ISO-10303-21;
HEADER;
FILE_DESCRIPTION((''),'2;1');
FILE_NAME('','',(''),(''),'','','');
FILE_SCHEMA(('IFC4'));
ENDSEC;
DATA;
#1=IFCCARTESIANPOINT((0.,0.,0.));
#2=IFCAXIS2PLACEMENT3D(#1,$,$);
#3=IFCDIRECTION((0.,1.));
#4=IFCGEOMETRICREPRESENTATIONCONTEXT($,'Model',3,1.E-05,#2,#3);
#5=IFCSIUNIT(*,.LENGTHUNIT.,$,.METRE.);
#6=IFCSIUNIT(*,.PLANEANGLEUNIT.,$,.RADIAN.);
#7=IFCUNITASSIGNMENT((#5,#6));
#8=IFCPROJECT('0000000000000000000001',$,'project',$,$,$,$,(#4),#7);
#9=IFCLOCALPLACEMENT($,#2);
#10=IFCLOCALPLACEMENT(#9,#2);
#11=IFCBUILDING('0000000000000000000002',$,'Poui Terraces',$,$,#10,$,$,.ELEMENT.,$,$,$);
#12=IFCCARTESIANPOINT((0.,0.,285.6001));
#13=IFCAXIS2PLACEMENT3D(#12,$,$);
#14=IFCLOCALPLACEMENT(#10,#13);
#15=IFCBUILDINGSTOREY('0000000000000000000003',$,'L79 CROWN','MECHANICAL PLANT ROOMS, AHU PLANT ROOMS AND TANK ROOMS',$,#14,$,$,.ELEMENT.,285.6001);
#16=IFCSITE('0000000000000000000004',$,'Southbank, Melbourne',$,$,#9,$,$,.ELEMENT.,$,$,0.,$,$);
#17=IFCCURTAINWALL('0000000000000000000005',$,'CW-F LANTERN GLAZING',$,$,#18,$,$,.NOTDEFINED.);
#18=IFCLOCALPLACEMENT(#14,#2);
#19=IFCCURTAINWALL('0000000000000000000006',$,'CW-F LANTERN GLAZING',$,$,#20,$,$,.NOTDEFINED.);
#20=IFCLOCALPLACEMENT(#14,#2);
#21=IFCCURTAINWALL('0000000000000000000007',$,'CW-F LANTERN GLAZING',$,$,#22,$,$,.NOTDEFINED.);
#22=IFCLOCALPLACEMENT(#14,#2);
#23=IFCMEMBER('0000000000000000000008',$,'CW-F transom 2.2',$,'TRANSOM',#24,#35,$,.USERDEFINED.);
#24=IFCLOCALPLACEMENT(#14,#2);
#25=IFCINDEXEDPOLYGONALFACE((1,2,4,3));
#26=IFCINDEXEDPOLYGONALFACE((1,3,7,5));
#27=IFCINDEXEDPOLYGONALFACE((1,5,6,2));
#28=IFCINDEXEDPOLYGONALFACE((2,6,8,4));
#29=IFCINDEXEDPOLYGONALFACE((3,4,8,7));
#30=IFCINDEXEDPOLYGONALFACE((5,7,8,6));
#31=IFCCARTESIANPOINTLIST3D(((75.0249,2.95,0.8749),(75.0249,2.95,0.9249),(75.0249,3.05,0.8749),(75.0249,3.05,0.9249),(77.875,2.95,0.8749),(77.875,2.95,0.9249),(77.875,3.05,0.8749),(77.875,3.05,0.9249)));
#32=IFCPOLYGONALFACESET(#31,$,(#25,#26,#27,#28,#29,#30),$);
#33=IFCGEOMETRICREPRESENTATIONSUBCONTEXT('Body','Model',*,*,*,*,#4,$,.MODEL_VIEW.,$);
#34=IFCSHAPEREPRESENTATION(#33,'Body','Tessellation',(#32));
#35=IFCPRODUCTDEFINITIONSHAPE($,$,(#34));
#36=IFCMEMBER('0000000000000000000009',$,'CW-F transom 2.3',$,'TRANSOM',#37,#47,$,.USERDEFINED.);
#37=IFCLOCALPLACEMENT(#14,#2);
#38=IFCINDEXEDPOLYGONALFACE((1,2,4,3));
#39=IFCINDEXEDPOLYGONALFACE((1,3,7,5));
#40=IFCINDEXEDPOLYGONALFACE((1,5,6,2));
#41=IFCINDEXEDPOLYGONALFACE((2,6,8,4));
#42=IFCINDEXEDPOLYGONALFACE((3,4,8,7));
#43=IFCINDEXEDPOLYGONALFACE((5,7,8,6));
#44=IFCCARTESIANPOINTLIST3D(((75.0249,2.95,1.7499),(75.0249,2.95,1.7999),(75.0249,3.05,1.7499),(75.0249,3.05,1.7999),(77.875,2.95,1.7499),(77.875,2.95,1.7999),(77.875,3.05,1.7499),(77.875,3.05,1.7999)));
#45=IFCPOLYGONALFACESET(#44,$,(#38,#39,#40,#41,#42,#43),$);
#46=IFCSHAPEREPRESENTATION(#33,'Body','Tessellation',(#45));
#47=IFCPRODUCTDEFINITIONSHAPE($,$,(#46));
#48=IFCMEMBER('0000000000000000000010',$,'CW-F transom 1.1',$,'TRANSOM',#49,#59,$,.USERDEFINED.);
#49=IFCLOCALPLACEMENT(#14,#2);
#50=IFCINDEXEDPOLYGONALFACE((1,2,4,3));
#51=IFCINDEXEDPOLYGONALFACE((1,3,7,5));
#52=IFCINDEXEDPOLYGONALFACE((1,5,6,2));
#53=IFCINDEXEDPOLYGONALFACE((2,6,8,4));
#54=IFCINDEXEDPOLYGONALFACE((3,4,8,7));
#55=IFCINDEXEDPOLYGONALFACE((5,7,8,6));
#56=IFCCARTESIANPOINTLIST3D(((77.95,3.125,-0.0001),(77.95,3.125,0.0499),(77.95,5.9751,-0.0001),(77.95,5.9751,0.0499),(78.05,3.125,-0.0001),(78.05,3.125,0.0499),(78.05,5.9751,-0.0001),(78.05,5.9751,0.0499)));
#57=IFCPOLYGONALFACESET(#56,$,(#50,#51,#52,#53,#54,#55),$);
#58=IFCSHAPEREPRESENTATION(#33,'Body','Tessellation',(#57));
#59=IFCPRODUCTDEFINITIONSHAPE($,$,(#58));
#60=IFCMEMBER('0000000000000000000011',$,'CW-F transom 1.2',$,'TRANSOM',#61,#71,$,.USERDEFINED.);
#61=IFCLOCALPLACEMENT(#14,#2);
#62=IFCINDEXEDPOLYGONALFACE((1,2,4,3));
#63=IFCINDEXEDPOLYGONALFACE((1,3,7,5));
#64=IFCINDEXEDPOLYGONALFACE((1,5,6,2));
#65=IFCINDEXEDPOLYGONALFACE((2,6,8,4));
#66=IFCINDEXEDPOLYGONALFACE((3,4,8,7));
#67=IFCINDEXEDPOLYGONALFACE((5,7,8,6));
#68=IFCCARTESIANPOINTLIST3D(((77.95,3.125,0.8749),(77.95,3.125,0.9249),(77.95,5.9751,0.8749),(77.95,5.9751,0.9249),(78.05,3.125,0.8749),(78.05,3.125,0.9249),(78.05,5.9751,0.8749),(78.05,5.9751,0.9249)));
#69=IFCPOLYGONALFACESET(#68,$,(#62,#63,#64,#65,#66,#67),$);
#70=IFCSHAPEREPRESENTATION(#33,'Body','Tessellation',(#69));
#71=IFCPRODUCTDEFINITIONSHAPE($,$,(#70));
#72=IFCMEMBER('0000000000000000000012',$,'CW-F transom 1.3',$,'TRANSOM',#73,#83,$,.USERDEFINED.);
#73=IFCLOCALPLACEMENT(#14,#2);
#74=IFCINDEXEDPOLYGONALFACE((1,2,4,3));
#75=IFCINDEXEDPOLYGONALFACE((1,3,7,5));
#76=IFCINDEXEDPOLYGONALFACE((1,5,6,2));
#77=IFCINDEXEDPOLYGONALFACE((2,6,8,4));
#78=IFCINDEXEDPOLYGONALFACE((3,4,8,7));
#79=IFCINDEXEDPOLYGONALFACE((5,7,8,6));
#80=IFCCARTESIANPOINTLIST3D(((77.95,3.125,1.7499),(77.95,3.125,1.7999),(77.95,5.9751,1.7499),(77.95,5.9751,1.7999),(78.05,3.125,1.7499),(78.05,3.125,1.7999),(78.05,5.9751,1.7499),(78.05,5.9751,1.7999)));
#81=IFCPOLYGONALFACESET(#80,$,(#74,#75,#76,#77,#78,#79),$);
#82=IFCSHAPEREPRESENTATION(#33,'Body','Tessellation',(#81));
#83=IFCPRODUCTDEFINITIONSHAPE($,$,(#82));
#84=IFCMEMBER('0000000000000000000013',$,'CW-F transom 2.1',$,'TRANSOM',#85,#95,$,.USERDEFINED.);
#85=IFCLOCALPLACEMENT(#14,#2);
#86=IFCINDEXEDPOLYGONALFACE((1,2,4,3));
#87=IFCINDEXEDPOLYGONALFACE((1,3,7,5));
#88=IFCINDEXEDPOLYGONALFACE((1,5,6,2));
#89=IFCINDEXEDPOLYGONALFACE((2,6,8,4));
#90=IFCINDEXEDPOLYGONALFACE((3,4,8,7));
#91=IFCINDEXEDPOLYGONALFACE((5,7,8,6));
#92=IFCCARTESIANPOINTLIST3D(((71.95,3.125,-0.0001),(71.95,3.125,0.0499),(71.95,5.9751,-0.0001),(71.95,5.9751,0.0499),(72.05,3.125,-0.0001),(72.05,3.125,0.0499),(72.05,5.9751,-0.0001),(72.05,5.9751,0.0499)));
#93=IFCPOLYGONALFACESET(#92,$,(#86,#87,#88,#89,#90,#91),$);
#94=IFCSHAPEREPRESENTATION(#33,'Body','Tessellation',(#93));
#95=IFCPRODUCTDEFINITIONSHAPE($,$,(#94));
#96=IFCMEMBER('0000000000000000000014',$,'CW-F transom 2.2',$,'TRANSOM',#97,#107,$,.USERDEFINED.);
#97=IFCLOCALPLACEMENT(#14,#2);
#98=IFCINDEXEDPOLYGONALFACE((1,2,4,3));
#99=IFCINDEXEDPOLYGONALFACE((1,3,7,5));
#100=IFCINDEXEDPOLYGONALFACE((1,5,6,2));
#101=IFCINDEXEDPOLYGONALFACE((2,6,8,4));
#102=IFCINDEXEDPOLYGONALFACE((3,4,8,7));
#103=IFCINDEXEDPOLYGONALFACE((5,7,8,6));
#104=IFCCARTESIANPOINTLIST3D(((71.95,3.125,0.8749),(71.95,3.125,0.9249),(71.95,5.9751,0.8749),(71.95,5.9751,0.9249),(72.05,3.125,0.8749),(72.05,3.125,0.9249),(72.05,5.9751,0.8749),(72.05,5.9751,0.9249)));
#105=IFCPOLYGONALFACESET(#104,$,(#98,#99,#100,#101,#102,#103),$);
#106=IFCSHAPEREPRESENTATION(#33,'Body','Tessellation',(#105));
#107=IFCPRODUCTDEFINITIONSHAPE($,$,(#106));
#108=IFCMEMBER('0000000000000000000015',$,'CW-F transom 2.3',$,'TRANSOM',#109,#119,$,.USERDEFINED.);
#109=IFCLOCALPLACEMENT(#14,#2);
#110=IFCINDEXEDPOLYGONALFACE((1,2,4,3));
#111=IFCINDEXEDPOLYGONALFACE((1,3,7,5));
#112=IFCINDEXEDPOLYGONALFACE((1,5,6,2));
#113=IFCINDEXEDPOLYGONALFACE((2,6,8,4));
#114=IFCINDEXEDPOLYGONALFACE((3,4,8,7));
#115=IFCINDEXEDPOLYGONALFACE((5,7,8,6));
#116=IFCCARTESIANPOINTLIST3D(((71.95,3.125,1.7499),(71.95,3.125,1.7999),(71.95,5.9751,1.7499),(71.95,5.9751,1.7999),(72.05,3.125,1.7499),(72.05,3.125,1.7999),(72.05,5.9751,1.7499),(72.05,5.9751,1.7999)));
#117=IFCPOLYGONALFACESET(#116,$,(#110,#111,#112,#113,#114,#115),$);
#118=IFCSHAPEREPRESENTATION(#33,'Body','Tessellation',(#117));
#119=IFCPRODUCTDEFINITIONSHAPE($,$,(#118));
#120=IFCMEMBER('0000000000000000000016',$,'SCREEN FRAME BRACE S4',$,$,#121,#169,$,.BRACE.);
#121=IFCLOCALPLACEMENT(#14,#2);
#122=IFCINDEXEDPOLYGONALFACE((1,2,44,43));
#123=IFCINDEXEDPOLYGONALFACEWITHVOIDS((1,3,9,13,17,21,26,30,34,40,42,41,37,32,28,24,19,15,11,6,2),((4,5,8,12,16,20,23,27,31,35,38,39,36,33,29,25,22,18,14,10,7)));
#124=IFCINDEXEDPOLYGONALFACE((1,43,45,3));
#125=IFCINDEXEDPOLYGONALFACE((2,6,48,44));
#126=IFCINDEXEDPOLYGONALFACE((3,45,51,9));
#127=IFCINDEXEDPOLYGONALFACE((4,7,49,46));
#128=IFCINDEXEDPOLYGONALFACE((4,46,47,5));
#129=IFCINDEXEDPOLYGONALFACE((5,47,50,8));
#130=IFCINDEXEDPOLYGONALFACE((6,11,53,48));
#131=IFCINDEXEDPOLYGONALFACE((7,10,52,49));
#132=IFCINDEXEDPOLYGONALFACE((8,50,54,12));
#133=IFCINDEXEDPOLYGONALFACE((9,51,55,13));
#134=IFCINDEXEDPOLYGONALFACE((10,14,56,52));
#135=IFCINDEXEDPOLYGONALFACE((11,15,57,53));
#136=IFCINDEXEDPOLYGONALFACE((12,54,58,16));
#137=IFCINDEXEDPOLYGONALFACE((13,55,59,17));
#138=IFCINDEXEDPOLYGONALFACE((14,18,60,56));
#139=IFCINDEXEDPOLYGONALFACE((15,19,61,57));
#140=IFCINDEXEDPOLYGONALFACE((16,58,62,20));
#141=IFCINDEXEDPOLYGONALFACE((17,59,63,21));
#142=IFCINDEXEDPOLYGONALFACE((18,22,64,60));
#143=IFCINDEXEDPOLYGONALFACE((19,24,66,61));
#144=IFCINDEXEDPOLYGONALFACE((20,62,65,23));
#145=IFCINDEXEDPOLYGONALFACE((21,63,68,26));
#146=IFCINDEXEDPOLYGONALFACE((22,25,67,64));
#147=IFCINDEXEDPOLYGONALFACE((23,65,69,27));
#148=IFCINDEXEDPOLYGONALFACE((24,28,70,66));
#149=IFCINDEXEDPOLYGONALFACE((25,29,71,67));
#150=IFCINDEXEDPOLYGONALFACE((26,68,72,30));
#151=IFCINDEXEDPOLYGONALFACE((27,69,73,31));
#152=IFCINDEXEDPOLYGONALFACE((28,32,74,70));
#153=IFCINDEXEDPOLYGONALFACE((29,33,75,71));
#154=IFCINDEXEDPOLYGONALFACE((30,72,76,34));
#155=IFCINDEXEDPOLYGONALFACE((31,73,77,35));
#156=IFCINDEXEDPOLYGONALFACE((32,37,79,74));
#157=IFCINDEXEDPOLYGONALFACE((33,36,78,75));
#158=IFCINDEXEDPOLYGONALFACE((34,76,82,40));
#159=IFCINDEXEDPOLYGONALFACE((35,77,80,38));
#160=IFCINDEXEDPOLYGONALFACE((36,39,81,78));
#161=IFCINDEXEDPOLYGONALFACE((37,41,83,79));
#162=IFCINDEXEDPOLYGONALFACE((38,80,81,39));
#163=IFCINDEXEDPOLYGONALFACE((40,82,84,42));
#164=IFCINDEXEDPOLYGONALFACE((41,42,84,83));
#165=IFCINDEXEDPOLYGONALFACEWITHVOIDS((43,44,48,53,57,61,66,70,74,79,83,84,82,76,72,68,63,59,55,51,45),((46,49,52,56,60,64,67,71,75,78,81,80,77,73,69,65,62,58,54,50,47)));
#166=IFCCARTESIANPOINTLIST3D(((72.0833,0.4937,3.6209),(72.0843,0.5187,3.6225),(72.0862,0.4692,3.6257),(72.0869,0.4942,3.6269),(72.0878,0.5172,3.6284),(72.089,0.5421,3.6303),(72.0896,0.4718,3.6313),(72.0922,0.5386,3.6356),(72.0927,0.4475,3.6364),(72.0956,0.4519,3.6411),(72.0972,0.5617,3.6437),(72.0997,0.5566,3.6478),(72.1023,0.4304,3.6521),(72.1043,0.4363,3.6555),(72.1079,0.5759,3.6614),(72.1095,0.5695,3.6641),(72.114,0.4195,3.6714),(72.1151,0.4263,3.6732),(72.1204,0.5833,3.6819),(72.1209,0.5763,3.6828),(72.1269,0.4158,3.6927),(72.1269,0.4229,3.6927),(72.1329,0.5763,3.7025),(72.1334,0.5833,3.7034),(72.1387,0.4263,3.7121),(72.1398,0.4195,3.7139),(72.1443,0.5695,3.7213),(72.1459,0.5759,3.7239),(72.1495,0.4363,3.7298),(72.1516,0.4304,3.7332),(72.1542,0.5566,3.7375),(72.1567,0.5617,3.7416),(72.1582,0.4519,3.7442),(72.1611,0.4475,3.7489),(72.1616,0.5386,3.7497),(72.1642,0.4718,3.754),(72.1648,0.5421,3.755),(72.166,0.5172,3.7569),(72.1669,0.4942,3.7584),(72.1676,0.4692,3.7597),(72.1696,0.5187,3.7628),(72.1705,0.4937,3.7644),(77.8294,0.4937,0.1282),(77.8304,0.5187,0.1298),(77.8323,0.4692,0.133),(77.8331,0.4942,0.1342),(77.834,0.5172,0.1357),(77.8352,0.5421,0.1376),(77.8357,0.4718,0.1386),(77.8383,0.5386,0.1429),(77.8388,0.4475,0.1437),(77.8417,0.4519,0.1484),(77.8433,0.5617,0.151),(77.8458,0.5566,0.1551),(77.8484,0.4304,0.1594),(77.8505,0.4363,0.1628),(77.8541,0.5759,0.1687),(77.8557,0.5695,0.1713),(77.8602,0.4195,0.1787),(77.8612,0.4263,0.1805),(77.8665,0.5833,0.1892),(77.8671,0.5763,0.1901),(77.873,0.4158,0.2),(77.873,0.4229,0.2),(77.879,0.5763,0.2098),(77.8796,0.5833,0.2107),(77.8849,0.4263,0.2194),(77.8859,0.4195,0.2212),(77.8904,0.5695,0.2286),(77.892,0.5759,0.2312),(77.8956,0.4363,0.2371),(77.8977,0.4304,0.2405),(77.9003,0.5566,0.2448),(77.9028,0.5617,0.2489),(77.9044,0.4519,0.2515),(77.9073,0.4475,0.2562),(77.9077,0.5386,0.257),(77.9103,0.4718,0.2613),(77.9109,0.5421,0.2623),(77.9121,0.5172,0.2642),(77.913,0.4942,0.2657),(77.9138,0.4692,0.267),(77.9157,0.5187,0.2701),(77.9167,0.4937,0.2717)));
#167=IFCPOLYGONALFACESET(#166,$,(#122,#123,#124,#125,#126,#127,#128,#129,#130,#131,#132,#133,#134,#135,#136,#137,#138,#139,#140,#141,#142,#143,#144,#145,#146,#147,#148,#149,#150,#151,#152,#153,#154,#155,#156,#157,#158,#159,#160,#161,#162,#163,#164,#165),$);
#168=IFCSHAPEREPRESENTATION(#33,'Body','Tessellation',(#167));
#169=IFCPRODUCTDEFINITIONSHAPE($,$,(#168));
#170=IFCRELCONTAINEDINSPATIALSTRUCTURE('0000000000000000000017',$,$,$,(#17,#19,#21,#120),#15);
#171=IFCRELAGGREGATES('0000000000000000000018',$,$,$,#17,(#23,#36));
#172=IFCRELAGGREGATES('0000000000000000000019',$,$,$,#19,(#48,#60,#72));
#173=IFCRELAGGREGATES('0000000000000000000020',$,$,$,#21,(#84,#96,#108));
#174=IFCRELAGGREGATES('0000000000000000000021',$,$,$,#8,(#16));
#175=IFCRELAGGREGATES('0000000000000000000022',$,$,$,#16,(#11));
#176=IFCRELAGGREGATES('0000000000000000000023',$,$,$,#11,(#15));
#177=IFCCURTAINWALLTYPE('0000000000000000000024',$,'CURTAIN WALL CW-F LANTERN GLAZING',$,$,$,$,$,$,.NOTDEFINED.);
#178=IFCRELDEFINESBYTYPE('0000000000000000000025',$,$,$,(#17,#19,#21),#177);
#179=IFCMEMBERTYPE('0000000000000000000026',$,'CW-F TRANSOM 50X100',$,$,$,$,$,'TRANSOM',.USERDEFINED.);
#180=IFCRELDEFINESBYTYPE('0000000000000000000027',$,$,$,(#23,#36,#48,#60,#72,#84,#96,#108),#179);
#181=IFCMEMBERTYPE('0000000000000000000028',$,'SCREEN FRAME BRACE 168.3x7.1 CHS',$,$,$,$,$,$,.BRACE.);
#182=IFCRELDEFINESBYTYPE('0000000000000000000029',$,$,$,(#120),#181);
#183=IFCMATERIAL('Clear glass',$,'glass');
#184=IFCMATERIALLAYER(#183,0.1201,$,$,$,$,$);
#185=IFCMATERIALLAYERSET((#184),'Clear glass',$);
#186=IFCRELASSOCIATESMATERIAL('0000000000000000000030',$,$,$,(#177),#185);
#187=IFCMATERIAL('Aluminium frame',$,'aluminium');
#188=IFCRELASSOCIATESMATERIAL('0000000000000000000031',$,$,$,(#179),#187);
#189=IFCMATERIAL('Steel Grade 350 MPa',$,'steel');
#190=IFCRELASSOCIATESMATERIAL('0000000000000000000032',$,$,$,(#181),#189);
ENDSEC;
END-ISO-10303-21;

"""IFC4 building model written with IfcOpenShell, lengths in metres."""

from ifc_helpers import new_model, si_unit, direction, frame, origin, origin_2d, place, context, subcontext, project, spatial, rectangle, hollow_circle, extrude, material, layer, layer_set, material_profile, profile_set, type_object, element, aggregate, save


model = new_model("IFC4")

# Units and contexts
model_context = context("Model", 3, precision=1e-05, world=origin(), true_north=direction((0.0, 1.0)))
body_context = subcontext(model_context, "Body", "Model", "MODEL_VIEW")
ifc_project = project(units=[si_unit("LENGTHUNIT", "METRE"), si_unit("PLANEANGLEUNIT", "RADIAN")], contexts=[model_context])

# Site, building, storey
site_placement = place(None, origin())
site = spatial("IfcSite", under=ifc_project, at=site_placement, Name="Southbank, Melbourne", CompositionType="ELEMENT", RefElevation=0.0)
building_placement = place(site_placement, origin())
building = spatial("IfcBuilding", under=site, at=building_placement, Name="Poui Terraces", CompositionType="ELEMENT")
storey_placement = place(building_placement, frame((0.0, 0.0, 285.6001)))
storey = spatial("IfcBuildingStorey", under=building, at=storey_placement, Name="L79 CROWN", Description="MECHANICAL PLANT ROOMS, AHU PLANT ROOMS AND TANK ROOMS", CompositionType="ELEMENT", Elevation=285.6001)

# Shared definitions
ifc_material_1 = material(Name="Steel Grade 350 MPa", Category="steel")

# Curtain wall
ifc_material_2 = material(Name="Clear glass", Category="glass")
ifc_layer_1 = layer(ifc_material_2, 0.1201)
ifc_layer_set_1 = layer_set([ifc_layer_1], Name="Clear glass")
curtain_wall_type = type_object("IfcCurtainWallType", Name="CURTAIN WALL CW-F LANTERN GLAZING", PredefinedType="NOTDEFINED", material=ifc_layer_set_1)
curtain_wall_1_placement = place(storey_placement, origin())
curtain_wall_1 = element("IfcCurtainWall", 1, at=curtain_wall_1_placement, inside=storey, type_object=curtain_wall_type, Name="CW-F LANTERN GLAZING", PredefinedType="NOTDEFINED")
ifc_material_3 = material(Name="Aluminium frame", Category="aluminium")

# Curtain walls
curtain_wall_2_placement = place(storey_placement, origin())
curtain_wall_2 = element("IfcCurtainWall", 2, at=curtain_wall_2_placement, inside=storey, type_object=curtain_wall_type, Name="CW-F LANTERN GLAZING", PredefinedType="NOTDEFINED")
curtain_wall_3_placement = place(storey_placement, origin())
curtain_wall_3 = element("IfcCurtainWall", 3, at=curtain_wall_3_placement, inside=storey, type_object=curtain_wall_type, Name="CW-F LANTERN GLAZING", PredefinedType="NOTDEFINED")

# Members
ifc_material_profile_1 = material_profile(ifc_material_3, rectangle(XDim=0.1001, YDim=0.05, at=origin_2d()), Name="CW-F TRANSOM 50X100")
ifc_profile_set_1 = profile_set([ifc_material_profile_1], Name="Aluminium frame")
member_type_1 = type_object("IfcMemberType", Name="CW-F TRANSOM 50X100", ElementType="TRANSOM", PredefinedType="USERDEFINED", material=ifc_profile_set_1)
member_1_placement = place(storey_placement, frame((75.0249, 3.0, 0.8999), z_axis=(1.0, 0.0, 0.0), x_axis=(0.0, 1.0, 0.0)))
member_1 = element("IfcMember", 4, at=member_1_placement, type_object=member_type_1, Name="CW-F transom 2.2", ObjectType="TRANSOM", PredefinedType="USERDEFINED", context=body_context, shape_type="SweptSolid", body=[
    extrude(rectangle(XDim=0.1001, YDim=0.05, at=origin_2d()), origin(), (0.0, 0.0, 1.0), 2.8501),
])
member_2_placement = place(storey_placement, frame((75.0249, 3.0, 1.7749), z_axis=(1.0, 0.0, 0.0), x_axis=(0.0, 1.0, 0.0)))
member_2 = element("IfcMember", 5, at=member_2_placement, type_object=member_type_1, Name="CW-F transom 2.3", ObjectType="TRANSOM", PredefinedType="USERDEFINED", context=body_context, shape_type="SweptSolid", body=[
    extrude(rectangle(XDim=0.1001, YDim=0.05, at=origin_2d()), origin(), (0.0, 0.0, 1.0), 2.8501),
])
member_3_placement = place(storey_placement, frame((78.0, 3.125, 0.0249), z_axis=(0.0, 1.0, 0.0), x_axis=(-1.0, 0.0, 0.0)))
member_3 = element("IfcMember", 6, at=member_3_placement, type_object=member_type_1, Name="CW-F transom 1.1", ObjectType="TRANSOM", PredefinedType="USERDEFINED", context=body_context, shape_type="SweptSolid", body=[
    extrude(rectangle(XDim=0.1001, YDim=0.05, at=origin_2d()), origin(), (0.0, 0.0, 1.0), 2.8501),
])
member_4_placement = place(storey_placement, frame((78.0, 3.125, 0.8999), z_axis=(0.0, 1.0, 0.0), x_axis=(-1.0, 0.0, 0.0)))
member_4 = element("IfcMember", 7, at=member_4_placement, type_object=member_type_1, Name="CW-F transom 1.2", ObjectType="TRANSOM", PredefinedType="USERDEFINED", context=body_context, shape_type="SweptSolid", body=[
    extrude(rectangle(XDim=0.1001, YDim=0.05, at=origin_2d()), origin(), (0.0, 0.0, 1.0), 2.8501),
])
member_5_placement = place(storey_placement, frame((78.0, 3.125, 1.7749), z_axis=(0.0, 1.0, 0.0), x_axis=(-1.0, 0.0, 0.0)))
member_5 = element("IfcMember", 8, at=member_5_placement, type_object=member_type_1, Name="CW-F transom 1.3", ObjectType="TRANSOM", PredefinedType="USERDEFINED", context=body_context, shape_type="SweptSolid", body=[
    extrude(rectangle(XDim=0.1001, YDim=0.05, at=origin_2d()), origin(), (0.0, 0.0, 1.0), 2.8501),
])
member_6_placement = place(storey_placement, frame((72.0, 5.9751, 0.0249), z_axis=(0.0, -1.0, 0.0), x_axis=(1.0, 0.0, 0.0)))
member_6 = element("IfcMember", 9, at=member_6_placement, type_object=member_type_1, Name="CW-F transom 2.1", ObjectType="TRANSOM", PredefinedType="USERDEFINED", context=body_context, shape_type="SweptSolid", body=[
    extrude(rectangle(XDim=0.1001, YDim=0.05, at=origin_2d()), origin(), (0.0, 0.0, 1.0), 2.8501),
])
member_7_placement = place(storey_placement, frame((72.0, 5.9751, 0.8999), z_axis=(0.0, -1.0, 0.0), x_axis=(1.0, 0.0, 0.0)))
member_7 = element("IfcMember", 10, at=member_7_placement, type_object=member_type_1, Name="CW-F transom 2.2", ObjectType="TRANSOM", PredefinedType="USERDEFINED", context=body_context, shape_type="SweptSolid", body=[
    extrude(rectangle(XDim=0.1001, YDim=0.05, at=origin_2d()), origin(), (0.0, 0.0, 1.0), 2.8501),
])
member_8_placement = place(storey_placement, frame((72.0, 5.9751, 1.7749), z_axis=(0.0, -1.0, 0.0), x_axis=(1.0, 0.0, 0.0)))
member_8 = element("IfcMember", 11, at=member_8_placement, type_object=member_type_1, Name="CW-F transom 2.3", ObjectType="TRANSOM", PredefinedType="USERDEFINED", context=body_context, shape_type="SweptSolid", body=[
    extrude(rectangle(XDim=0.1001, YDim=0.05, at=origin_2d()), origin(), (0.0, 0.0, 1.0), 2.8501),
])
ifc_material_profile_2 = material_profile(ifc_material_1, hollow_circle(Radius=0.0842, WallThickness=0.0071, at=origin_2d()), Name="168.3x7.1 CHS")
ifc_profile_set_2 = profile_set([ifc_material_profile_2], Name="Steel Grade 350 MPa")
member_type_2 = type_object("IfcMemberType", Name="SCREEN FRAME BRACE 168.3x7.1 CHS", PredefinedType="BRACE", material=ifc_profile_set_2)
member_9_placement = place(storey_placement, frame((77.873, 0.5, 0.2), z_axis=(-0.854525, 0.0, 0.51941), x_axis=(0.0, -1.0, 0.0)))
element("IfcMember", 12, at=member_9_placement, inside=storey, type_object=member_type_2, Name="SCREEN FRAME BRACE S4", PredefinedType="BRACE", context=body_context, shape_type="SweptSolid", body=[
    extrude(hollow_circle(Radius=0.0842, WallThickness=0.0071, at=origin_2d()), origin(), (0.0, 0.0, 1.0), 6.7244),
])

aggregate(curtain_wall_1, [member_1, member_2])
aggregate(curtain_wall_2, [member_3, member_4, member_5])
aggregate(curtain_wall_3, [member_6, member_7, member_8])

save(model, "model.ifc")
